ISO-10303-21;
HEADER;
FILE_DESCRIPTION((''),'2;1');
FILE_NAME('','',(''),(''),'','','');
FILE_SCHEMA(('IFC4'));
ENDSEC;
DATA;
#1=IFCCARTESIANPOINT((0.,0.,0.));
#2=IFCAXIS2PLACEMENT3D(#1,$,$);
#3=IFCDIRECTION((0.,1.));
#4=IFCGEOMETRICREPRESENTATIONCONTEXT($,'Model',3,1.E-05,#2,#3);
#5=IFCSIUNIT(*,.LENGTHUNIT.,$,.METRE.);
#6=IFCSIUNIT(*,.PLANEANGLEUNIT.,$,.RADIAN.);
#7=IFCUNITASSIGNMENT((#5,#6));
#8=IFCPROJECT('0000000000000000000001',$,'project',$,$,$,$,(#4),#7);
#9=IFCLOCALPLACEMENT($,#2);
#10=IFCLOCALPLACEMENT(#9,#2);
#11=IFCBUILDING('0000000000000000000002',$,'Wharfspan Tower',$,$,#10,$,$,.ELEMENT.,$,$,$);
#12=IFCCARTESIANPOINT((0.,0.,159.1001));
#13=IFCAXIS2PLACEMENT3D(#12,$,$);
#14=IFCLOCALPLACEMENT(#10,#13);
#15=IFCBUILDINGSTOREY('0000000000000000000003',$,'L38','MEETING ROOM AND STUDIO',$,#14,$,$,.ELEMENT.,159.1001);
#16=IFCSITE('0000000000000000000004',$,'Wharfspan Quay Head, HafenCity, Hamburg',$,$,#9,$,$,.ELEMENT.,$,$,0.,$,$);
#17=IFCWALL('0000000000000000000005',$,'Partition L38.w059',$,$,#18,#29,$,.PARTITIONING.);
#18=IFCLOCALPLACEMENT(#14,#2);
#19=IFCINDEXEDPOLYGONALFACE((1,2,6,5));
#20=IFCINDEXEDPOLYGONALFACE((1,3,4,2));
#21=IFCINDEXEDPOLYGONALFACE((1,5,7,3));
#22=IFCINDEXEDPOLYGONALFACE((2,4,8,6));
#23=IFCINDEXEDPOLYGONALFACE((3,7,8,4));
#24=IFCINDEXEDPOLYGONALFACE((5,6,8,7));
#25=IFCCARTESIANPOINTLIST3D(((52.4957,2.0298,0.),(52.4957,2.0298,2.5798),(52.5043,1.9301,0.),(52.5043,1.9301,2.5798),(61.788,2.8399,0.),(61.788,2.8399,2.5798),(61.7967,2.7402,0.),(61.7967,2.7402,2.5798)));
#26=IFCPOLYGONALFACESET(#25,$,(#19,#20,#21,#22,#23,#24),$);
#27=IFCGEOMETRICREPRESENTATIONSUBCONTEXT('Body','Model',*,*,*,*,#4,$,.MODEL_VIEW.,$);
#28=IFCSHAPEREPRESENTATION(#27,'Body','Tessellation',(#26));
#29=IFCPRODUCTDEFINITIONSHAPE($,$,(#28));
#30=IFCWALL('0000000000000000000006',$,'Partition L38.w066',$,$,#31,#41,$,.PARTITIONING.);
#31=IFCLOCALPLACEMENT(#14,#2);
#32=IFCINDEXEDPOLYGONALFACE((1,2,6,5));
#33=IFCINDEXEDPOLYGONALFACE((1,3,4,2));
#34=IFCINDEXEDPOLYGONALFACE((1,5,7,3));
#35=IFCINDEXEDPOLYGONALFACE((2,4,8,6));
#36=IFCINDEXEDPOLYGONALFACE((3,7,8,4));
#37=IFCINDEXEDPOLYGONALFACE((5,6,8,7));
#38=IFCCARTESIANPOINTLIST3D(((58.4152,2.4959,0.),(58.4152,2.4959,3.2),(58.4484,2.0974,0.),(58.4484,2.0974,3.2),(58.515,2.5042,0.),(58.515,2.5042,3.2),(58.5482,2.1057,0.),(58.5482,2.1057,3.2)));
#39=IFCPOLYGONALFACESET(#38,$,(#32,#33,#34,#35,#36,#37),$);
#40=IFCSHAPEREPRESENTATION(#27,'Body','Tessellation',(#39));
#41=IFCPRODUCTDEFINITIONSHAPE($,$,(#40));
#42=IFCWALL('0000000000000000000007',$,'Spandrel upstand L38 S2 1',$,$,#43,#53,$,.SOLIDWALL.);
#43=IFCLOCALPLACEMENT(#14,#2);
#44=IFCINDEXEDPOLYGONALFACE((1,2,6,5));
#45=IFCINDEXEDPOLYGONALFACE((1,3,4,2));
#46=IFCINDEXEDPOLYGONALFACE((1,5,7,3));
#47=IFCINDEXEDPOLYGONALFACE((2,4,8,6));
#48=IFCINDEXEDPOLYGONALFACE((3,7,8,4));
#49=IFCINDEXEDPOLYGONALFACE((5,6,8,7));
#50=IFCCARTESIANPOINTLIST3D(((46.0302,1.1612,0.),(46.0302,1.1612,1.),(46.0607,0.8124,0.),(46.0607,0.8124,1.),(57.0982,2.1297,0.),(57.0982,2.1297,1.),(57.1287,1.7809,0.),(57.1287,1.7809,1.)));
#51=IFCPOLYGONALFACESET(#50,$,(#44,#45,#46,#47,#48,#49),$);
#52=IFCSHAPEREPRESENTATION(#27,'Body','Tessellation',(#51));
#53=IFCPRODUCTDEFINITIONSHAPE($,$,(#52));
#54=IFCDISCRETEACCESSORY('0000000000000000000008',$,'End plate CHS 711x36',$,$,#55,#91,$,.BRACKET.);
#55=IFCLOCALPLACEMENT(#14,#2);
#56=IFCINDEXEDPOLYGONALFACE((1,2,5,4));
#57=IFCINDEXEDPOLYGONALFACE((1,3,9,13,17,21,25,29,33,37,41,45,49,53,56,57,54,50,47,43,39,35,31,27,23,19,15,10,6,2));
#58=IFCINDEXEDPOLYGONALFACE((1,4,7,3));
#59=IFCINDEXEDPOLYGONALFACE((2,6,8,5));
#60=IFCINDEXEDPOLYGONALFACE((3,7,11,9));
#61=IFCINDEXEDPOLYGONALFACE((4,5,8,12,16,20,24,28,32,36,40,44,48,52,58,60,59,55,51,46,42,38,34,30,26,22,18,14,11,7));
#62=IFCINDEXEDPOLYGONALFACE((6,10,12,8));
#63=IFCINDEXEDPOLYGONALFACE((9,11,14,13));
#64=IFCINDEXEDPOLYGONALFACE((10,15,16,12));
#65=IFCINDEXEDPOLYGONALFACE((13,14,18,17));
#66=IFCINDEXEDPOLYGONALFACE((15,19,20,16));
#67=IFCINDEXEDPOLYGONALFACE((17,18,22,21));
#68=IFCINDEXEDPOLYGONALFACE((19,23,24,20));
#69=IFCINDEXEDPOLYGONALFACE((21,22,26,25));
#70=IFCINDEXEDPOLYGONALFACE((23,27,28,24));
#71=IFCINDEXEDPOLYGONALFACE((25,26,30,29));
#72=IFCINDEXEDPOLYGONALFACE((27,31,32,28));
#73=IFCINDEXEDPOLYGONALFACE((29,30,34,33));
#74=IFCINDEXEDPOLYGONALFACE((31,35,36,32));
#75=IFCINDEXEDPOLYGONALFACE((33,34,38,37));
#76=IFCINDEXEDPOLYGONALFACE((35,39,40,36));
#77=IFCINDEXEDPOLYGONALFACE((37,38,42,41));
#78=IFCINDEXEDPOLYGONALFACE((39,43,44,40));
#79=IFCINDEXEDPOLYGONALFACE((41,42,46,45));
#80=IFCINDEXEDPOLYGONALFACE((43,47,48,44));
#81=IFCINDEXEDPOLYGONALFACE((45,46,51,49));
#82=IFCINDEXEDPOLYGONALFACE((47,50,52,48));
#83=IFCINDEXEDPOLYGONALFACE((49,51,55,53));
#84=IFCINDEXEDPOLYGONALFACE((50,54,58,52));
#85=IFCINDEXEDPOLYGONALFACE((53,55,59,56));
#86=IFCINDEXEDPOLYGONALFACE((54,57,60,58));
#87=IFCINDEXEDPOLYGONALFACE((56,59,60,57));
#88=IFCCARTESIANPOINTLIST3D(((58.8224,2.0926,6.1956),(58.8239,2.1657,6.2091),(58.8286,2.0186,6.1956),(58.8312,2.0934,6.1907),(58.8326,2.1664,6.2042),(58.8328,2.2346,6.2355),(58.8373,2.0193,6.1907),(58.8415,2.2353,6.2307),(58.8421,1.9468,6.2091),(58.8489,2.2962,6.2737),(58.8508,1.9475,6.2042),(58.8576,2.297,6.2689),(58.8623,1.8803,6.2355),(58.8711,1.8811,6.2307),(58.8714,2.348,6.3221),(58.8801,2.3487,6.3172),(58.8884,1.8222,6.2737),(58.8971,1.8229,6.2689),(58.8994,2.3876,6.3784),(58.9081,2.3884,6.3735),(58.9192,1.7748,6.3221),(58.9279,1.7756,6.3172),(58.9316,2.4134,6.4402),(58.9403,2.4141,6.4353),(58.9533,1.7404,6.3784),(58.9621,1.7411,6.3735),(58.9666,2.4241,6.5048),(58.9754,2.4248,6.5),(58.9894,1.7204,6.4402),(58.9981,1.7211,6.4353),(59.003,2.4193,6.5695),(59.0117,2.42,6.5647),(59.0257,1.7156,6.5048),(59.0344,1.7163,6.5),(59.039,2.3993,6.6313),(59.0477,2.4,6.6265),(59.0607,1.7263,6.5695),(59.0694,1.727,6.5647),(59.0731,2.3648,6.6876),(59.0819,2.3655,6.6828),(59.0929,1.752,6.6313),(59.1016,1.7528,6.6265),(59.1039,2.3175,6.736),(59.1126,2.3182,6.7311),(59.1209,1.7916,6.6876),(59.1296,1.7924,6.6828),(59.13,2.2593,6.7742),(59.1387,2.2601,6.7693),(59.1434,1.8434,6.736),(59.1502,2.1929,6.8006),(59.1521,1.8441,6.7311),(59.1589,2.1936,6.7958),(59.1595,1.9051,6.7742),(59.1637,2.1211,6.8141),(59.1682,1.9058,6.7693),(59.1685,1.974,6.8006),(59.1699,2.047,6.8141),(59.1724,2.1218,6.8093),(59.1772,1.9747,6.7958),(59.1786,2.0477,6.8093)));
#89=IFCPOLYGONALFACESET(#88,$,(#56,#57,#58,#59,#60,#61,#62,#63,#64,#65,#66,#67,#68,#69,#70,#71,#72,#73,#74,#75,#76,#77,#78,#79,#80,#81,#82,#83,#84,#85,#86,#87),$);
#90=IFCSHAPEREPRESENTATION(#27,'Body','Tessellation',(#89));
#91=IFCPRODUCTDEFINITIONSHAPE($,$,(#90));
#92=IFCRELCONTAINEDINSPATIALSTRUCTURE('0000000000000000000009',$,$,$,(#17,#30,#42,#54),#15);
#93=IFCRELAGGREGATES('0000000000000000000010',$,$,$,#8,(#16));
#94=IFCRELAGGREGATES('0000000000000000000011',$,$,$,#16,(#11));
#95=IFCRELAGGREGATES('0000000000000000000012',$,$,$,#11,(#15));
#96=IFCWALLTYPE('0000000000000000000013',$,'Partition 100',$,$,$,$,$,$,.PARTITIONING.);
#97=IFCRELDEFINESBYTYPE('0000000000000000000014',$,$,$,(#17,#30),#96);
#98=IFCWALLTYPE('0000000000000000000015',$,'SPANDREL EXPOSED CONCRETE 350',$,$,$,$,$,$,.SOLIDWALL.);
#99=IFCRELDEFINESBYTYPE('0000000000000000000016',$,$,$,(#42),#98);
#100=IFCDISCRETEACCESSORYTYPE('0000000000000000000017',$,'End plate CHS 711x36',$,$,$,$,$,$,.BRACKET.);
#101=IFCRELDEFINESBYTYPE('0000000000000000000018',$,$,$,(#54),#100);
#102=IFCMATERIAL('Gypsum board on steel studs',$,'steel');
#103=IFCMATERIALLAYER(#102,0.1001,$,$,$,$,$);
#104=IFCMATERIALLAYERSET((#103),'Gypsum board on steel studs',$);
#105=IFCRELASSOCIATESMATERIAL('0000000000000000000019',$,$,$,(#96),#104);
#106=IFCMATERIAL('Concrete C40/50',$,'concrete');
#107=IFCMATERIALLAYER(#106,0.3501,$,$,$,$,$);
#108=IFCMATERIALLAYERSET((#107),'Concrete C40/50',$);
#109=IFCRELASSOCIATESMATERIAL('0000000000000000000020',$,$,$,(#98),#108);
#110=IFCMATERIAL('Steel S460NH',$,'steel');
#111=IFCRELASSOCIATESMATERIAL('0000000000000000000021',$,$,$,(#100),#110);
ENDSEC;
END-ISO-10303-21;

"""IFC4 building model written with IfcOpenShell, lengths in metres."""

from ifc_helpers import new_model, si_unit, direction, frame, frame_2d, origin, origin_2d, place, context, subcontext, project, spatial, rectangle, circle, extrude, material, layer, layer_set, material_profile, profile_set, type_object, element, save


model = new_model("IFC4")

# Units and contexts
model_context = context("Model", 3, precision=1e-05, world=origin(), true_north=direction((0.0, 1.0)))
body_context = subcontext(model_context, "Body", "Model", "MODEL_VIEW")
ifc_project = project(units=[si_unit("LENGTHUNIT", "METRE"), si_unit("PLANEANGLEUNIT", "RADIAN")], contexts=[model_context])

# Site, building, storey
site_placement = place(None, origin())
site = spatial("IfcSite", under=ifc_project, at=site_placement, Name="Wharfspan Quay Head, HafenCity, Hamburg", CompositionType="ELEMENT", RefElevation=0.0)
building_placement = place(site_placement, origin())
building = spatial("IfcBuilding", under=site, at=building_placement, Name="Wharfspan Tower", CompositionType="ELEMENT")
storey_placement = place(building_placement, frame((0.0, 0.0, 159.1001)))
storey = spatial("IfcBuildingStorey", under=building, at=storey_placement, Name="L38", Description="MEETING ROOM AND STUDIO", CompositionType="ELEMENT", Elevation=159.1001)

# Walls
ifc_material_1 = material(Name="Gypsum board on steel studs", Category="steel")
ifc_layer_1 = layer(ifc_material_1, 0.1001)
ifc_layer_set_1 = layer_set([ifc_layer_1], Name="Gypsum board on steel studs")
wall_type_1 = type_object("IfcWallType", Name="Partition 100", PredefinedType="PARTITIONING", material=ifc_layer_set_1)
wall_1_placement = place(storey_placement, frame((52.5, 1.98, 0.0), z_axis=(0.0, 0.0, 1.0), x_axis=(0.99622, 0.086844, 0.0)))
element("IfcWall", 1, at=wall_1_placement, inside=storey, type_object=wall_type_1, Name="Partition L38.w059", PredefinedType="PARTITIONING", context=body_context, shape_type="SweptSolid", body=[
    extrude(rectangle(XDim=9.3276, YDim=0.1001, at=frame_2d((4.6638, 0.0))), origin(), (0.0, 0.0, 1.0), 2.5798),
])
wall_2_placement = place(storey_placement, frame((58.4983, 2.1016, 0.0), z_axis=(0.0, 0.0, 1.0), x_axis=(-0.083045, 0.996542, 0.0)))
element("IfcWall", 2, at=wall_2_placement, inside=storey, type_object=wall_type_1, Name="Partition L38.w066", PredefinedType="PARTITIONING", context=body_context, shape_type="SweptSolid", body=[
    extrude(rectangle(XDim=0.3999, YDim=0.1001, at=frame_2d((0.2, 0.0))), origin(), (0.0, 0.0, 1.0), 3.2),
])
ifc_material_2 = material(Name="Concrete C40/50", Category="concrete")
ifc_layer_2 = layer(ifc_material_2, 0.3501)
ifc_layer_set_2 = layer_set([ifc_layer_2], Name="Concrete C40/50")
wall_type_2 = type_object("IfcWallType", Name="SPANDREL EXPOSED CONCRETE 350", PredefinedType="SOLIDWALL", material=ifc_layer_set_2)
wall_3_placement = place(storey_placement, frame((46.0454, 0.9868, 0.0), z_axis=(0.0, 0.0, 1.0), x_axis=(0.996193, 0.087171, 0.0)))
element("IfcWall", 3, at=wall_3_placement, inside=storey, type_object=wall_type_2, Name="Spandrel upstand L38 S2 1", PredefinedType="SOLIDWALL", context=body_context, shape_type="SweptSolid", body=[
    extrude(rectangle(XDim=11.1104, YDim=0.3501, at=frame_2d((5.5552, 0.0))), origin(), (0.0, 0.0, 1.0), 1.0),
])

# Discrete accessory
ifc_material_3 = material(Name="Steel S460NH", Category="steel")
ifc_material_profile_1 = material_profile(ifc_material_3, circle(Radius=0.3555, at=origin_2d()))
ifc_profile_set_1 = profile_set([ifc_material_profile_1], Name="Steel S460NH")
discrete_accessory_type = type_object("IfcDiscreteAccessoryType", Name="End plate CHS 711x36", PredefinedType="BRACKET", material=ifc_profile_set_1)
discrete_accessory_placement = place(storey_placement, frame((59.0049, 2.0706, 6.5), z_axis=(-0.871847, -0.072654, 0.484359), x_axis=(0.083044, -0.996547, -0.000003)))
element("IfcDiscreteAccessory", 4, at=discrete_accessory_placement, inside=storey, type_object=discrete_accessory_type, Name="End plate CHS 711x36", PredefinedType="BRACKET", context=body_context, shape_type="SweptSolid", body=[
    extrude(circle(Radius=0.3555, at=origin_2d()), origin(), (0.0, 0.0, 1.0), 0.01),
])

save(model, "model.ifc")
